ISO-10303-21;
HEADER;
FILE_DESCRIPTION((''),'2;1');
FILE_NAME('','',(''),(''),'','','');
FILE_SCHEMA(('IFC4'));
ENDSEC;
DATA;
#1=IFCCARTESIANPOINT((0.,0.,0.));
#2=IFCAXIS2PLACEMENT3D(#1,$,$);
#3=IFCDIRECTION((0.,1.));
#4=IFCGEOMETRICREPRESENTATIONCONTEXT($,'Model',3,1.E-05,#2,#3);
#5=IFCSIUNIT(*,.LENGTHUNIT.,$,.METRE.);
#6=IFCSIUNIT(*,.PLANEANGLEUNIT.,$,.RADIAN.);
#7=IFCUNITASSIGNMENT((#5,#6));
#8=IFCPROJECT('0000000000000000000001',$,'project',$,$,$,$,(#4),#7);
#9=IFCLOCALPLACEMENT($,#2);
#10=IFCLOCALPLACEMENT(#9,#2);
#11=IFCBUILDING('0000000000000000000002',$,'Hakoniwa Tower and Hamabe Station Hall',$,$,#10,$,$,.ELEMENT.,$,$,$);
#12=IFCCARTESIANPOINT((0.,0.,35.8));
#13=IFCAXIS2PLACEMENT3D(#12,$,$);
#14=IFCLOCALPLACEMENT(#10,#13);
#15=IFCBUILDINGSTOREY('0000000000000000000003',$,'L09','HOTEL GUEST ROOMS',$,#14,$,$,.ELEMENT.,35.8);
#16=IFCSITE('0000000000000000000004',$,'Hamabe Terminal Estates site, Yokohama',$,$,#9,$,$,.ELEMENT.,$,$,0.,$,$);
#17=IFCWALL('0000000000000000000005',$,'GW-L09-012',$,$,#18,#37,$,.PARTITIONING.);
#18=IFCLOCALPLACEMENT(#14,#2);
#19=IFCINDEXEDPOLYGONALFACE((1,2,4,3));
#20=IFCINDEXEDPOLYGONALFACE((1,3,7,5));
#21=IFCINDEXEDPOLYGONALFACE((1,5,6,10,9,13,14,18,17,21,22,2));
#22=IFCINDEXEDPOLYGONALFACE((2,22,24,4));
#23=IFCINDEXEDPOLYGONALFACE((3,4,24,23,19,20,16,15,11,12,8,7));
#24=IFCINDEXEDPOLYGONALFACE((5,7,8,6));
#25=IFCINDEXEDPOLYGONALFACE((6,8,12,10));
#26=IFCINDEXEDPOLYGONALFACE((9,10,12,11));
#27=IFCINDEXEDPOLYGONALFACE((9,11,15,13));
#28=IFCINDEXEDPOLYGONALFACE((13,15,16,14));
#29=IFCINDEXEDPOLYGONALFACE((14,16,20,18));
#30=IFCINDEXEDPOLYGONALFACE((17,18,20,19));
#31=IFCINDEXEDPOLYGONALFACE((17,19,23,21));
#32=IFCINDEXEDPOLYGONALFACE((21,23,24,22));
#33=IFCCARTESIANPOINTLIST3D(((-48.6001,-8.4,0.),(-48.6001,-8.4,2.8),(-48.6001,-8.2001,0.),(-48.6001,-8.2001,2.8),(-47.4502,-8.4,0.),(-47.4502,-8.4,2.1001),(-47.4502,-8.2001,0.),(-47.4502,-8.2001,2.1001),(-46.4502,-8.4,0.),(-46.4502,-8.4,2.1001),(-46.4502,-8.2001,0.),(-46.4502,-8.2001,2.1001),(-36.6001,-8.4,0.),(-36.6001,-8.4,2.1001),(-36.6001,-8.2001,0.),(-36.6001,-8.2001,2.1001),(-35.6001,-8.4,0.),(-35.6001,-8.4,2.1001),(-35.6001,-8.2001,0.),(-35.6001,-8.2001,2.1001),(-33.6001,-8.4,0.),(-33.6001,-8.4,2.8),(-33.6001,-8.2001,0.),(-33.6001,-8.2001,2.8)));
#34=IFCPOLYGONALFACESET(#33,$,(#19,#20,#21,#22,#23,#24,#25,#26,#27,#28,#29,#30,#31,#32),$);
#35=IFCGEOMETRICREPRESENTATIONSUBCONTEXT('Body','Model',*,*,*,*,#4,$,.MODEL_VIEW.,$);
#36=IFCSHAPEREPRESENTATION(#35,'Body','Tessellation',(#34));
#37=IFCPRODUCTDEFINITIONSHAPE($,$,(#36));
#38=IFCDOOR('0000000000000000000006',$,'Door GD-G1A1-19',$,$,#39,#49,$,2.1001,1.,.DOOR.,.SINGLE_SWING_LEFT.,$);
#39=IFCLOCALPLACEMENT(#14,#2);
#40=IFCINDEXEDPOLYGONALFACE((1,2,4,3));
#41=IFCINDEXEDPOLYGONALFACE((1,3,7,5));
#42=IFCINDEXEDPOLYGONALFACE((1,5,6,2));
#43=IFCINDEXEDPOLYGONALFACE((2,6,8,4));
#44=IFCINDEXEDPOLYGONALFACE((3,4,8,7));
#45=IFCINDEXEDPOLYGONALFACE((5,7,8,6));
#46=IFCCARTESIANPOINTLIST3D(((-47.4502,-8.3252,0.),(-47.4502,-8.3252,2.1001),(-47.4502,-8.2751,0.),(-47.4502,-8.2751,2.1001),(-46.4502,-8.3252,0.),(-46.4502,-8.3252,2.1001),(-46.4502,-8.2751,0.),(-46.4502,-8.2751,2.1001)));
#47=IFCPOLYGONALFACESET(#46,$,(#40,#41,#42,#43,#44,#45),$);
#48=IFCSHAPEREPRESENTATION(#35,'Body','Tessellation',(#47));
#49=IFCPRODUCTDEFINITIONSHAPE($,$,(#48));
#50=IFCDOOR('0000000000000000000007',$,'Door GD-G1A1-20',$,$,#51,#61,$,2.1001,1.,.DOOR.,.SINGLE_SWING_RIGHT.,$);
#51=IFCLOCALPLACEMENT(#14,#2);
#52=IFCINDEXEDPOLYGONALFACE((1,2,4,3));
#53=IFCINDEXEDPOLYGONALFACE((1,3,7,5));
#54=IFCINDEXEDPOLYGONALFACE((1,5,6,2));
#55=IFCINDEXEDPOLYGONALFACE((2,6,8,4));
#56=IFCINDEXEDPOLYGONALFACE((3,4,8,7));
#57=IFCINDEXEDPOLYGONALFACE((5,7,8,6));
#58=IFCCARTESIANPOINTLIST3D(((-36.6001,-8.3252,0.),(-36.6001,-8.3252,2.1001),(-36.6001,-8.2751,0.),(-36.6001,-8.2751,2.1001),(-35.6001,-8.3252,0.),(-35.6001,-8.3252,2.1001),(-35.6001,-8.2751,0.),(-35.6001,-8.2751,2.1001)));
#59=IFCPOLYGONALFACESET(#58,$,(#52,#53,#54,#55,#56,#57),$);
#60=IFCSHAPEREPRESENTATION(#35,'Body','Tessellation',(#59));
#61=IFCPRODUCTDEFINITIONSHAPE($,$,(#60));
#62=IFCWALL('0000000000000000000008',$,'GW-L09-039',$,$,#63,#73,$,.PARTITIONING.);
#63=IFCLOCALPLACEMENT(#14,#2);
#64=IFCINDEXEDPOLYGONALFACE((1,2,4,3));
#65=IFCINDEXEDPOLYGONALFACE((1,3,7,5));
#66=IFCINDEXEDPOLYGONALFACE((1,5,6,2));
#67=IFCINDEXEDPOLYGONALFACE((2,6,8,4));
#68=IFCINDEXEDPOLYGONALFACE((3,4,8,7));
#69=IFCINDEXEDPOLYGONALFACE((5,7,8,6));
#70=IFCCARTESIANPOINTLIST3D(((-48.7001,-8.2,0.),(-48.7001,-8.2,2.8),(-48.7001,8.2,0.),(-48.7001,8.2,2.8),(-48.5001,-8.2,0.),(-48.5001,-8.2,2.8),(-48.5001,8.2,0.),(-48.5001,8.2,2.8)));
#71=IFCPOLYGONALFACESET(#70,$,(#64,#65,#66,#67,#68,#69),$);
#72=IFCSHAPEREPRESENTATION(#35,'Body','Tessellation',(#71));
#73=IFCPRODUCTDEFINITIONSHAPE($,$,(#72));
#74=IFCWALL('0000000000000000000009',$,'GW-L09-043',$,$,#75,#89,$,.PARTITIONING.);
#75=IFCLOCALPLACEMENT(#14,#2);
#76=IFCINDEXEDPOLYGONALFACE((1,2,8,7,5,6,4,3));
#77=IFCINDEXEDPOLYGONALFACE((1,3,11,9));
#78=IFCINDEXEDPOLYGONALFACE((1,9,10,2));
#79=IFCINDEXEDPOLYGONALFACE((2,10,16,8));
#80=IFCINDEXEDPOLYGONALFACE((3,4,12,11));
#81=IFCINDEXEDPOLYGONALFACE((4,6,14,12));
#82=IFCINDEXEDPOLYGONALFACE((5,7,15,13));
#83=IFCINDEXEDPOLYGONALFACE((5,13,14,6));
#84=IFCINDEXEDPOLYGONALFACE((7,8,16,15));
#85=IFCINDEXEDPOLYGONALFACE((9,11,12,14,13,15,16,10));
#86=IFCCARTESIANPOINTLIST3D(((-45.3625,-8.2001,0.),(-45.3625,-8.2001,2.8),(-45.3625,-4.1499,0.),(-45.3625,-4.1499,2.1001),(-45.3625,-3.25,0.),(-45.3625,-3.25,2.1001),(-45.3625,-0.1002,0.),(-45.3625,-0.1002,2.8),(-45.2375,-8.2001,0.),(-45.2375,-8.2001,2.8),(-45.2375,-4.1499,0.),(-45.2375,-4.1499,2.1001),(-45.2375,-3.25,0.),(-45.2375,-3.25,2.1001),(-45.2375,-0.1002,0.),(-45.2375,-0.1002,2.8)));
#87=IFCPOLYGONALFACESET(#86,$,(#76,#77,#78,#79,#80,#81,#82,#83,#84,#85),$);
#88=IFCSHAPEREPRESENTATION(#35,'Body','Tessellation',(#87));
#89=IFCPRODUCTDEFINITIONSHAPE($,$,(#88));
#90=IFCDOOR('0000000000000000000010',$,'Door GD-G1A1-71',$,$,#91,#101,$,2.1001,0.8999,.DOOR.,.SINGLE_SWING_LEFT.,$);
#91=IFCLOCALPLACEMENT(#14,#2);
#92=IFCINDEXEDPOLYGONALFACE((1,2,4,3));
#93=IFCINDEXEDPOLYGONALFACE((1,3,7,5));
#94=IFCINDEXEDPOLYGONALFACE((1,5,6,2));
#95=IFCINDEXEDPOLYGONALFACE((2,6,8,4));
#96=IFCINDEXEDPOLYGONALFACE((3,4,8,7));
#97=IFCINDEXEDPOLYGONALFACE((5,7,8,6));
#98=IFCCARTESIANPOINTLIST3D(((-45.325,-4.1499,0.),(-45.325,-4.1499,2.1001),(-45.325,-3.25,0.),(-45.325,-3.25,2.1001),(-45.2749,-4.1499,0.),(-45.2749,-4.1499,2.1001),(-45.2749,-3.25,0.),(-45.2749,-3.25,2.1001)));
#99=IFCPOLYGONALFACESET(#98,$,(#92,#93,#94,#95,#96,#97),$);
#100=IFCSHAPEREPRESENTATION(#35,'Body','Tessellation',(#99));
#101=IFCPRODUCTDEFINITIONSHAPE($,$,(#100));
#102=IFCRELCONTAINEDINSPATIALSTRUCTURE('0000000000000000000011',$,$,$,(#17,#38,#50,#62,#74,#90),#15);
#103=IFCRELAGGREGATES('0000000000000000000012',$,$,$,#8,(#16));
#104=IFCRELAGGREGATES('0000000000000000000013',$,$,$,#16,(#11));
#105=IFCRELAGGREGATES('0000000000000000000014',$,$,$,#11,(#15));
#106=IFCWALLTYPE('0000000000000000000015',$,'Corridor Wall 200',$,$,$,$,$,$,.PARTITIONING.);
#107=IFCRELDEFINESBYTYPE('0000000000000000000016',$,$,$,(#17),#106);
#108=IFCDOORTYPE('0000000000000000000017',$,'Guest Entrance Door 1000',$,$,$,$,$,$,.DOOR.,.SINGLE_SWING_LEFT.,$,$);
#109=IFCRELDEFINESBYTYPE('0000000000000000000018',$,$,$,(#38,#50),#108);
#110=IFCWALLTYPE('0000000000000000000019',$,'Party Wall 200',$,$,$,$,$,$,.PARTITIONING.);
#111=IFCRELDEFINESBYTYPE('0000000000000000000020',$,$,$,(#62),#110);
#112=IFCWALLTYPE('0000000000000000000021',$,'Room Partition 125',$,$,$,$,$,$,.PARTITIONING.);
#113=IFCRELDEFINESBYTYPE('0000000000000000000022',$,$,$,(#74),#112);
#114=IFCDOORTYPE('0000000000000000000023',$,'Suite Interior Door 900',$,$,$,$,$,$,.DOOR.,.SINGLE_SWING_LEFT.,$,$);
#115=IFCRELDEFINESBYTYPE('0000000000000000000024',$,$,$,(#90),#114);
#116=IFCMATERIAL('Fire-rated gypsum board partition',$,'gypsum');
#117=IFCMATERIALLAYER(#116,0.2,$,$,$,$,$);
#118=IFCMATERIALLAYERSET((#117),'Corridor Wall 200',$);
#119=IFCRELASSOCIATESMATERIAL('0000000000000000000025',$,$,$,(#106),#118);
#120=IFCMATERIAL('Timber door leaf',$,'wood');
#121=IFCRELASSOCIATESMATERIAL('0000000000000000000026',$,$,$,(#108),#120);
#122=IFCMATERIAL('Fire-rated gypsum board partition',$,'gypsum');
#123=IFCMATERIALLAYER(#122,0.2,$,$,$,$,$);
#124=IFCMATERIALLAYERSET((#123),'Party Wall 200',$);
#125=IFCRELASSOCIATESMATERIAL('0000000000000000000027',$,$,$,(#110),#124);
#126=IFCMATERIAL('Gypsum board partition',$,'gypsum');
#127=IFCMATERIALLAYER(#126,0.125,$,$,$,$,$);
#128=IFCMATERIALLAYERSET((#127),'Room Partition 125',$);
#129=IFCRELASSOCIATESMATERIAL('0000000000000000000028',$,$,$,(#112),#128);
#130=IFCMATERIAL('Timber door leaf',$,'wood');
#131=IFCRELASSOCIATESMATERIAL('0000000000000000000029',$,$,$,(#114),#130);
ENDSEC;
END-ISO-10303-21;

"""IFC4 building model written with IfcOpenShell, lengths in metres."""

from ifc_helpers import new_model, si_unit, direction, frame, frame_2d, origin, place, context, subcontext, project, spatial, rectangle, extrude, material, layer, layer_set, type_object, element, fill, save


model = new_model("IFC4")

# Units and contexts
model_context = context("Model", 3, precision=1e-05, world=origin(), true_north=direction((0.0, 1.0)))
body_context = subcontext(model_context, "Body", "Model", "MODEL_VIEW")
ifc_project = project(units=[si_unit("LENGTHUNIT", "METRE"), si_unit("PLANEANGLEUNIT", "RADIAN")], contexts=[model_context])

# Site, building, storey
site_placement = place(None, origin())
site = spatial("IfcSite", under=ifc_project, at=site_placement, Name="Hamabe Terminal Estates site, Yokohama", CompositionType="ELEMENT", RefElevation=0.0)
building_placement = place(site_placement, origin())
building = spatial("IfcBuilding", under=site, at=building_placement, Name="Hakoniwa Tower and Hamabe Station Hall", CompositionType="ELEMENT")
storey_placement = place(building_placement, frame((0.0, 0.0, 35.8)))
storey = spatial("IfcBuildingStorey", under=building, at=storey_placement, Name="L09", Description="HOTEL GUEST ROOMS", CompositionType="ELEMENT", Elevation=35.8)

# Wall, openings, doors
ifc_material_1 = material(Name="Fire-rated gypsum board partition", Category="gypsum")
ifc_layer_1 = layer(ifc_material_1, 0.2)
ifc_layer_set_1 = layer_set([ifc_layer_1], Name="Corridor Wall 200")
wall_type_1 = type_object("IfcWallType", Name="Corridor Wall 200", PredefinedType="PARTITIONING", material=ifc_layer_set_1)
ifc_material_2 = material(Name="Timber door leaf", Category="wood")
door_type_1 = type_object("IfcDoorType", Name="Guest Entrance Door 1000", OperationType="SINGLE_SWING_LEFT", PredefinedType="DOOR", material=ifc_material_2)
wall_1_placement = place(storey_placement, frame((-48.6001, -8.3, 0.0), z_axis=(0.0, 0.0, 1.0), x_axis=(1.0, 0.0, 0.0)))
wall_1 = element("IfcWall", 1, at=wall_1_placement, inside=storey, type_object=wall_type_1, Name="GW-L09-012", PredefinedType="PARTITIONING", context=body_context, shape_type="SweptSolid", body=[
    extrude(rectangle(XDim=15.0, YDim=0.2, at=frame_2d((7.5, 0.0))), origin(), (0.0, 0.0, 1.0), 2.8),
])
opening_1_placement = place(wall_1_placement, frame((1.1499, 0.0, 0.0)))
opening_1 = element("IfcOpeningElement", 2, at=opening_1_placement, cuts=wall_1, PredefinedType="OPENING", context=body_context, shape_type="SweptSolid", body=[
    extrude(rectangle(XDim=1.0, YDim=2.1001, at=frame_2d((0.5, 1.05))), frame((0.0, 0.1099, 0.0), z_axis=(0.0, -1.0, 0.0), x_axis=(1.0, 0.0, 0.0)), (0.0, 0.0, 1.0), 0.22),
])
opening_2_placement = place(wall_1_placement, frame((12.0, 0.0, 0.0)))
opening_2 = element("IfcOpeningElement", 3, at=opening_2_placement, cuts=wall_1, PredefinedType="OPENING", context=body_context, shape_type="SweptSolid", body=[
    extrude(rectangle(XDim=1.0, YDim=2.1001, at=frame_2d((0.5, 1.05))), frame((0.0, 0.1099, 0.0), z_axis=(0.0, -1.0, 0.0), x_axis=(1.0, 0.0, 0.0)), (0.0, 0.0, 1.0), 0.22),
])
door_1_placement = place(opening_1_placement, origin())
door_1 = element("IfcDoor", 4, at=door_1_placement, inside=storey, type_object=door_type_1, Name="Door GD-G1A1-19", OperationType="SINGLE_SWING_LEFT", OverallHeight=2.1001, OverallWidth=1.0, PredefinedType="DOOR", context=body_context, shape_type="SweptSolid", body=[
    extrude(rectangle(XDim=1.0, YDim=2.1001, at=frame_2d((0.5, 1.05))), frame((0.0, 0.0249, 0.0), z_axis=(0.0, -1.0, 0.0), x_axis=(1.0, 0.0, 0.0)), (0.0, 0.0, 1.0), 0.05),
])
fill(opening_1, door_1)
door_2_placement = place(opening_2_placement, origin())
door_2 = element("IfcDoor", 5, at=door_2_placement, inside=storey, type_object=door_type_1, Name="Door GD-G1A1-20", OperationType="SINGLE_SWING_RIGHT", OverallHeight=2.1001, OverallWidth=1.0, PredefinedType="DOOR", context=body_context, shape_type="SweptSolid", body=[
    extrude(rectangle(XDim=1.0, YDim=2.1001, at=frame_2d((0.5, 1.05))), frame((0.0, 0.0249, 0.0), z_axis=(0.0, -1.0, 0.0), x_axis=(1.0, 0.0, 0.0)), (0.0, 0.0, 1.0), 0.05),
])
fill(opening_2, door_2)

# Wall
ifc_material_3 = material(Name="Fire-rated gypsum board partition", Category="gypsum")
ifc_layer_2 = layer(ifc_material_3, 0.2)
ifc_layer_set_2 = layer_set([ifc_layer_2], Name="Party Wall 200")
wall_type_2 = type_object("IfcWallType", Name="Party Wall 200", PredefinedType="PARTITIONING", material=ifc_layer_set_2)
wall_2_placement = place(storey_placement, frame((-48.6001, -8.2, 0.0), z_axis=(0.0, 0.0, 1.0), x_axis=(0.0, 1.0, 0.0)))
element("IfcWall", 6, at=wall_2_placement, inside=storey, type_object=wall_type_2, Name="GW-L09-039", PredefinedType="PARTITIONING", context=body_context, shape_type="SweptSolid", body=[
    extrude(rectangle(XDim=16.3999, YDim=0.2, at=frame_2d((8.2, 0.0))), origin(), (0.0, 0.0, 1.0), 2.8),
])

# Wall, opening, door
ifc_material_4 = material(Name="Gypsum board partition", Category="gypsum")
ifc_layer_3 = layer(ifc_material_4, 0.125)
ifc_layer_set_3 = layer_set([ifc_layer_3], Name="Room Partition 125")
wall_type_3 = type_object("IfcWallType", Name="Room Partition 125", PredefinedType="PARTITIONING", material=ifc_layer_set_3)
wall_3_placement = place(storey_placement, frame((-45.3, -8.2, 0.0), z_axis=(0.0, 0.0, 1.0), x_axis=(0.0, 1.0, 0.0)))
wall_3 = element("IfcWall", 7, at=wall_3_placement, inside=storey, type_object=wall_type_3, Name="GW-L09-043", PredefinedType="PARTITIONING", context=body_context, shape_type="SweptSolid", body=[
    extrude(rectangle(XDim=8.0999, YDim=0.125, at=frame_2d((4.0498, 0.0))), origin(), (0.0, 0.0, 1.0), 2.8),
])
opening_3_placement = place(wall_3_placement, frame((4.05, 0.0, 0.0)))
opening_3 = element("IfcOpeningElement", 8, at=opening_3_placement, cuts=wall_3, PredefinedType="OPENING", context=body_context, shape_type="SweptSolid", body=[
    extrude(rectangle(XDim=0.8999, YDim=2.1001, at=frame_2d((0.45, 1.05))), frame((0.0, 0.0725, 0.0), z_axis=(0.0, -1.0, 0.0), x_axis=(1.0, 0.0, 0.0)), (0.0, 0.0, 1.0), 0.145),
])
ifc_material_5 = material(Name="Timber door leaf", Category="wood")
door_type_2 = type_object("IfcDoorType", Name="Suite Interior Door 900", OperationType="SINGLE_SWING_LEFT", PredefinedType="DOOR", material=ifc_material_5)
door_3_placement = place(opening_3_placement, origin())
door_3 = element("IfcDoor", 9, at=door_3_placement, inside=storey, type_object=door_type_2, Name="Door GD-G1A1-71", OperationType="SINGLE_SWING_LEFT", OverallHeight=2.1001, OverallWidth=0.8999, PredefinedType="DOOR", context=body_context, shape_type="SweptSolid", body=[
    extrude(rectangle(XDim=0.8999, YDim=2.1001, at=frame_2d((0.45, 1.05))), frame((0.0, 0.0249, 0.0), z_axis=(0.0, -1.0, 0.0), x_axis=(1.0, 0.0, 0.0)), (0.0, 0.0, 1.0), 0.05),
])
fill(opening_3, door_3)

save(model, "model.ifc")
